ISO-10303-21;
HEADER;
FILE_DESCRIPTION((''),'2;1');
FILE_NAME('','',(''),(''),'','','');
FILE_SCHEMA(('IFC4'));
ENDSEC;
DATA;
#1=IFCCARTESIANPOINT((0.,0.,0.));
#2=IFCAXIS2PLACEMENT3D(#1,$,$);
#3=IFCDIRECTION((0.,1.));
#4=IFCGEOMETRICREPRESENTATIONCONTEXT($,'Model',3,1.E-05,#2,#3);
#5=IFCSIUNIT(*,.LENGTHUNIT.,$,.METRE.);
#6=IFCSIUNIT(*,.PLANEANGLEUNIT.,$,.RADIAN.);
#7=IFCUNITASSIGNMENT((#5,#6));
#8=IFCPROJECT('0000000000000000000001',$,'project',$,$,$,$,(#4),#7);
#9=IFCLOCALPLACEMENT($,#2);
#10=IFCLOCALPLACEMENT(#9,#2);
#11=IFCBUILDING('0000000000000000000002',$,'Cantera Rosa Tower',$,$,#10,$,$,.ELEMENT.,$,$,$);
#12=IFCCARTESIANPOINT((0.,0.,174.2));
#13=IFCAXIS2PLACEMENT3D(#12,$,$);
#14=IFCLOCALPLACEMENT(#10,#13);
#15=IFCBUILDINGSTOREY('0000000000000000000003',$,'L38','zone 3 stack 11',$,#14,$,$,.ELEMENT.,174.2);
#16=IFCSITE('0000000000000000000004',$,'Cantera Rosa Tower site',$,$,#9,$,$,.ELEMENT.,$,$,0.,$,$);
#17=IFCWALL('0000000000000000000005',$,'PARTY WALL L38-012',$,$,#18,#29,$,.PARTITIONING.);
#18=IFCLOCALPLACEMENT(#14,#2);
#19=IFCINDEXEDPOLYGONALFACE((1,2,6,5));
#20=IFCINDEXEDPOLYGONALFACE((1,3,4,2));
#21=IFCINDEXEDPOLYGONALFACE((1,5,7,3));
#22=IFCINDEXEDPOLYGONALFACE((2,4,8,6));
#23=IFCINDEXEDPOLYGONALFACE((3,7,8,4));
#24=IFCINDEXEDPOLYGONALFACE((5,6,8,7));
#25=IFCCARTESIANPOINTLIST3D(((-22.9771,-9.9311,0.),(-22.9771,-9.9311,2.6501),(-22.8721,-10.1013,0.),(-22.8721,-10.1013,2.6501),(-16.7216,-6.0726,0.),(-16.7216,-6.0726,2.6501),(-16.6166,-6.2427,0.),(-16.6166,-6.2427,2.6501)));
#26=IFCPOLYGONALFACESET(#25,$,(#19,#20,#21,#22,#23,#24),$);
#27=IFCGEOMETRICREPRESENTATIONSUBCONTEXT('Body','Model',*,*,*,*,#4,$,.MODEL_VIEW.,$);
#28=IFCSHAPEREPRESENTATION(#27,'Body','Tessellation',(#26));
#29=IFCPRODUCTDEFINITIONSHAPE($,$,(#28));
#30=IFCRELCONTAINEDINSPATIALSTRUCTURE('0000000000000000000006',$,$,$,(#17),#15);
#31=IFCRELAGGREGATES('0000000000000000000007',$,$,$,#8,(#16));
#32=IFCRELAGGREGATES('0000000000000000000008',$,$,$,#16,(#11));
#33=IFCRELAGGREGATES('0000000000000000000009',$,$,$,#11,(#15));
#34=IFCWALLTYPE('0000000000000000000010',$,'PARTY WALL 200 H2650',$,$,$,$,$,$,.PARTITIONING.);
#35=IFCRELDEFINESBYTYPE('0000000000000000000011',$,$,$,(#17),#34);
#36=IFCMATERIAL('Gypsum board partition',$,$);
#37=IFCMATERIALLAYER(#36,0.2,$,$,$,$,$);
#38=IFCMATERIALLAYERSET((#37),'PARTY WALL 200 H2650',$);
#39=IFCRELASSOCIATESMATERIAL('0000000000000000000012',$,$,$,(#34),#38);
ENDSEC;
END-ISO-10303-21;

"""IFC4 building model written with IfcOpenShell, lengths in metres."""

from ifc_helpers import new_model, si_unit, direction, frame, frame_2d, origin, place, context, subcontext, project, spatial, rectangle, extrude, material, layer, layer_set, type_object, element, save


model = new_model("IFC4")

# Units and contexts
model_context = context("Model", 3, precision=1e-05, world=origin(), true_north=direction((0.0, 1.0)))
body_context = subcontext(model_context, "Body", "Model", "MODEL_VIEW")
ifc_project = project(units=[si_unit("LENGTHUNIT", "METRE"), si_unit("PLANEANGLEUNIT", "RADIAN")], contexts=[model_context])

# Site, building, storey
site_placement = place(None, origin())
site = spatial("IfcSite", under=ifc_project, at=site_placement, Name="Cantera Rosa Tower site", CompositionType="ELEMENT", RefElevation=0.0)
building_placement = place(site_placement, origin())
building = spatial("IfcBuilding", under=site, at=building_placement, Name="Cantera Rosa Tower", CompositionType="ELEMENT")
storey_placement = place(building_placement, frame((0.0, 0.0, 174.2)))
storey = spatial("IfcBuildingStorey", under=building, at=storey_placement, Name="L38", Description="zone 3 stack 11", CompositionType="ELEMENT", Elevation=174.2)

# Wall
ifc_material_1 = material(Name="Gypsum board partition")
ifc_layer_1 = layer(ifc_material_1, 0.2)
ifc_layer_set_1 = layer_set([ifc_layer_1], Name="PARTY WALL 200 H2650")
wall_type_1 = type_object("IfcWallType", Name="PARTY WALL 200 H2650", PredefinedType="PARTITIONING", material=ifc_layer_set_1)
wall_1_placement = place(storey_placement, frame((-16.6692, -6.1577, 0.0), z_axis=(0.0, 0.0, 1.0), x_axis=(-0.851109, -0.524989, 0.0)))
element("IfcWall", 1, at=wall_1_placement, inside=storey, type_object=wall_type_1, Name="PARTY WALL L38-012", PredefinedType="PARTITIONING", context=body_context, shape_type="SweptSolid", body=[
    extrude(rectangle(XDim=7.3499, YDim=0.2, at=frame_2d((3.6748, 0.0))), origin(), (0.0, 0.0, 1.0), 2.6501),
])

save(model, "model.ifc")
